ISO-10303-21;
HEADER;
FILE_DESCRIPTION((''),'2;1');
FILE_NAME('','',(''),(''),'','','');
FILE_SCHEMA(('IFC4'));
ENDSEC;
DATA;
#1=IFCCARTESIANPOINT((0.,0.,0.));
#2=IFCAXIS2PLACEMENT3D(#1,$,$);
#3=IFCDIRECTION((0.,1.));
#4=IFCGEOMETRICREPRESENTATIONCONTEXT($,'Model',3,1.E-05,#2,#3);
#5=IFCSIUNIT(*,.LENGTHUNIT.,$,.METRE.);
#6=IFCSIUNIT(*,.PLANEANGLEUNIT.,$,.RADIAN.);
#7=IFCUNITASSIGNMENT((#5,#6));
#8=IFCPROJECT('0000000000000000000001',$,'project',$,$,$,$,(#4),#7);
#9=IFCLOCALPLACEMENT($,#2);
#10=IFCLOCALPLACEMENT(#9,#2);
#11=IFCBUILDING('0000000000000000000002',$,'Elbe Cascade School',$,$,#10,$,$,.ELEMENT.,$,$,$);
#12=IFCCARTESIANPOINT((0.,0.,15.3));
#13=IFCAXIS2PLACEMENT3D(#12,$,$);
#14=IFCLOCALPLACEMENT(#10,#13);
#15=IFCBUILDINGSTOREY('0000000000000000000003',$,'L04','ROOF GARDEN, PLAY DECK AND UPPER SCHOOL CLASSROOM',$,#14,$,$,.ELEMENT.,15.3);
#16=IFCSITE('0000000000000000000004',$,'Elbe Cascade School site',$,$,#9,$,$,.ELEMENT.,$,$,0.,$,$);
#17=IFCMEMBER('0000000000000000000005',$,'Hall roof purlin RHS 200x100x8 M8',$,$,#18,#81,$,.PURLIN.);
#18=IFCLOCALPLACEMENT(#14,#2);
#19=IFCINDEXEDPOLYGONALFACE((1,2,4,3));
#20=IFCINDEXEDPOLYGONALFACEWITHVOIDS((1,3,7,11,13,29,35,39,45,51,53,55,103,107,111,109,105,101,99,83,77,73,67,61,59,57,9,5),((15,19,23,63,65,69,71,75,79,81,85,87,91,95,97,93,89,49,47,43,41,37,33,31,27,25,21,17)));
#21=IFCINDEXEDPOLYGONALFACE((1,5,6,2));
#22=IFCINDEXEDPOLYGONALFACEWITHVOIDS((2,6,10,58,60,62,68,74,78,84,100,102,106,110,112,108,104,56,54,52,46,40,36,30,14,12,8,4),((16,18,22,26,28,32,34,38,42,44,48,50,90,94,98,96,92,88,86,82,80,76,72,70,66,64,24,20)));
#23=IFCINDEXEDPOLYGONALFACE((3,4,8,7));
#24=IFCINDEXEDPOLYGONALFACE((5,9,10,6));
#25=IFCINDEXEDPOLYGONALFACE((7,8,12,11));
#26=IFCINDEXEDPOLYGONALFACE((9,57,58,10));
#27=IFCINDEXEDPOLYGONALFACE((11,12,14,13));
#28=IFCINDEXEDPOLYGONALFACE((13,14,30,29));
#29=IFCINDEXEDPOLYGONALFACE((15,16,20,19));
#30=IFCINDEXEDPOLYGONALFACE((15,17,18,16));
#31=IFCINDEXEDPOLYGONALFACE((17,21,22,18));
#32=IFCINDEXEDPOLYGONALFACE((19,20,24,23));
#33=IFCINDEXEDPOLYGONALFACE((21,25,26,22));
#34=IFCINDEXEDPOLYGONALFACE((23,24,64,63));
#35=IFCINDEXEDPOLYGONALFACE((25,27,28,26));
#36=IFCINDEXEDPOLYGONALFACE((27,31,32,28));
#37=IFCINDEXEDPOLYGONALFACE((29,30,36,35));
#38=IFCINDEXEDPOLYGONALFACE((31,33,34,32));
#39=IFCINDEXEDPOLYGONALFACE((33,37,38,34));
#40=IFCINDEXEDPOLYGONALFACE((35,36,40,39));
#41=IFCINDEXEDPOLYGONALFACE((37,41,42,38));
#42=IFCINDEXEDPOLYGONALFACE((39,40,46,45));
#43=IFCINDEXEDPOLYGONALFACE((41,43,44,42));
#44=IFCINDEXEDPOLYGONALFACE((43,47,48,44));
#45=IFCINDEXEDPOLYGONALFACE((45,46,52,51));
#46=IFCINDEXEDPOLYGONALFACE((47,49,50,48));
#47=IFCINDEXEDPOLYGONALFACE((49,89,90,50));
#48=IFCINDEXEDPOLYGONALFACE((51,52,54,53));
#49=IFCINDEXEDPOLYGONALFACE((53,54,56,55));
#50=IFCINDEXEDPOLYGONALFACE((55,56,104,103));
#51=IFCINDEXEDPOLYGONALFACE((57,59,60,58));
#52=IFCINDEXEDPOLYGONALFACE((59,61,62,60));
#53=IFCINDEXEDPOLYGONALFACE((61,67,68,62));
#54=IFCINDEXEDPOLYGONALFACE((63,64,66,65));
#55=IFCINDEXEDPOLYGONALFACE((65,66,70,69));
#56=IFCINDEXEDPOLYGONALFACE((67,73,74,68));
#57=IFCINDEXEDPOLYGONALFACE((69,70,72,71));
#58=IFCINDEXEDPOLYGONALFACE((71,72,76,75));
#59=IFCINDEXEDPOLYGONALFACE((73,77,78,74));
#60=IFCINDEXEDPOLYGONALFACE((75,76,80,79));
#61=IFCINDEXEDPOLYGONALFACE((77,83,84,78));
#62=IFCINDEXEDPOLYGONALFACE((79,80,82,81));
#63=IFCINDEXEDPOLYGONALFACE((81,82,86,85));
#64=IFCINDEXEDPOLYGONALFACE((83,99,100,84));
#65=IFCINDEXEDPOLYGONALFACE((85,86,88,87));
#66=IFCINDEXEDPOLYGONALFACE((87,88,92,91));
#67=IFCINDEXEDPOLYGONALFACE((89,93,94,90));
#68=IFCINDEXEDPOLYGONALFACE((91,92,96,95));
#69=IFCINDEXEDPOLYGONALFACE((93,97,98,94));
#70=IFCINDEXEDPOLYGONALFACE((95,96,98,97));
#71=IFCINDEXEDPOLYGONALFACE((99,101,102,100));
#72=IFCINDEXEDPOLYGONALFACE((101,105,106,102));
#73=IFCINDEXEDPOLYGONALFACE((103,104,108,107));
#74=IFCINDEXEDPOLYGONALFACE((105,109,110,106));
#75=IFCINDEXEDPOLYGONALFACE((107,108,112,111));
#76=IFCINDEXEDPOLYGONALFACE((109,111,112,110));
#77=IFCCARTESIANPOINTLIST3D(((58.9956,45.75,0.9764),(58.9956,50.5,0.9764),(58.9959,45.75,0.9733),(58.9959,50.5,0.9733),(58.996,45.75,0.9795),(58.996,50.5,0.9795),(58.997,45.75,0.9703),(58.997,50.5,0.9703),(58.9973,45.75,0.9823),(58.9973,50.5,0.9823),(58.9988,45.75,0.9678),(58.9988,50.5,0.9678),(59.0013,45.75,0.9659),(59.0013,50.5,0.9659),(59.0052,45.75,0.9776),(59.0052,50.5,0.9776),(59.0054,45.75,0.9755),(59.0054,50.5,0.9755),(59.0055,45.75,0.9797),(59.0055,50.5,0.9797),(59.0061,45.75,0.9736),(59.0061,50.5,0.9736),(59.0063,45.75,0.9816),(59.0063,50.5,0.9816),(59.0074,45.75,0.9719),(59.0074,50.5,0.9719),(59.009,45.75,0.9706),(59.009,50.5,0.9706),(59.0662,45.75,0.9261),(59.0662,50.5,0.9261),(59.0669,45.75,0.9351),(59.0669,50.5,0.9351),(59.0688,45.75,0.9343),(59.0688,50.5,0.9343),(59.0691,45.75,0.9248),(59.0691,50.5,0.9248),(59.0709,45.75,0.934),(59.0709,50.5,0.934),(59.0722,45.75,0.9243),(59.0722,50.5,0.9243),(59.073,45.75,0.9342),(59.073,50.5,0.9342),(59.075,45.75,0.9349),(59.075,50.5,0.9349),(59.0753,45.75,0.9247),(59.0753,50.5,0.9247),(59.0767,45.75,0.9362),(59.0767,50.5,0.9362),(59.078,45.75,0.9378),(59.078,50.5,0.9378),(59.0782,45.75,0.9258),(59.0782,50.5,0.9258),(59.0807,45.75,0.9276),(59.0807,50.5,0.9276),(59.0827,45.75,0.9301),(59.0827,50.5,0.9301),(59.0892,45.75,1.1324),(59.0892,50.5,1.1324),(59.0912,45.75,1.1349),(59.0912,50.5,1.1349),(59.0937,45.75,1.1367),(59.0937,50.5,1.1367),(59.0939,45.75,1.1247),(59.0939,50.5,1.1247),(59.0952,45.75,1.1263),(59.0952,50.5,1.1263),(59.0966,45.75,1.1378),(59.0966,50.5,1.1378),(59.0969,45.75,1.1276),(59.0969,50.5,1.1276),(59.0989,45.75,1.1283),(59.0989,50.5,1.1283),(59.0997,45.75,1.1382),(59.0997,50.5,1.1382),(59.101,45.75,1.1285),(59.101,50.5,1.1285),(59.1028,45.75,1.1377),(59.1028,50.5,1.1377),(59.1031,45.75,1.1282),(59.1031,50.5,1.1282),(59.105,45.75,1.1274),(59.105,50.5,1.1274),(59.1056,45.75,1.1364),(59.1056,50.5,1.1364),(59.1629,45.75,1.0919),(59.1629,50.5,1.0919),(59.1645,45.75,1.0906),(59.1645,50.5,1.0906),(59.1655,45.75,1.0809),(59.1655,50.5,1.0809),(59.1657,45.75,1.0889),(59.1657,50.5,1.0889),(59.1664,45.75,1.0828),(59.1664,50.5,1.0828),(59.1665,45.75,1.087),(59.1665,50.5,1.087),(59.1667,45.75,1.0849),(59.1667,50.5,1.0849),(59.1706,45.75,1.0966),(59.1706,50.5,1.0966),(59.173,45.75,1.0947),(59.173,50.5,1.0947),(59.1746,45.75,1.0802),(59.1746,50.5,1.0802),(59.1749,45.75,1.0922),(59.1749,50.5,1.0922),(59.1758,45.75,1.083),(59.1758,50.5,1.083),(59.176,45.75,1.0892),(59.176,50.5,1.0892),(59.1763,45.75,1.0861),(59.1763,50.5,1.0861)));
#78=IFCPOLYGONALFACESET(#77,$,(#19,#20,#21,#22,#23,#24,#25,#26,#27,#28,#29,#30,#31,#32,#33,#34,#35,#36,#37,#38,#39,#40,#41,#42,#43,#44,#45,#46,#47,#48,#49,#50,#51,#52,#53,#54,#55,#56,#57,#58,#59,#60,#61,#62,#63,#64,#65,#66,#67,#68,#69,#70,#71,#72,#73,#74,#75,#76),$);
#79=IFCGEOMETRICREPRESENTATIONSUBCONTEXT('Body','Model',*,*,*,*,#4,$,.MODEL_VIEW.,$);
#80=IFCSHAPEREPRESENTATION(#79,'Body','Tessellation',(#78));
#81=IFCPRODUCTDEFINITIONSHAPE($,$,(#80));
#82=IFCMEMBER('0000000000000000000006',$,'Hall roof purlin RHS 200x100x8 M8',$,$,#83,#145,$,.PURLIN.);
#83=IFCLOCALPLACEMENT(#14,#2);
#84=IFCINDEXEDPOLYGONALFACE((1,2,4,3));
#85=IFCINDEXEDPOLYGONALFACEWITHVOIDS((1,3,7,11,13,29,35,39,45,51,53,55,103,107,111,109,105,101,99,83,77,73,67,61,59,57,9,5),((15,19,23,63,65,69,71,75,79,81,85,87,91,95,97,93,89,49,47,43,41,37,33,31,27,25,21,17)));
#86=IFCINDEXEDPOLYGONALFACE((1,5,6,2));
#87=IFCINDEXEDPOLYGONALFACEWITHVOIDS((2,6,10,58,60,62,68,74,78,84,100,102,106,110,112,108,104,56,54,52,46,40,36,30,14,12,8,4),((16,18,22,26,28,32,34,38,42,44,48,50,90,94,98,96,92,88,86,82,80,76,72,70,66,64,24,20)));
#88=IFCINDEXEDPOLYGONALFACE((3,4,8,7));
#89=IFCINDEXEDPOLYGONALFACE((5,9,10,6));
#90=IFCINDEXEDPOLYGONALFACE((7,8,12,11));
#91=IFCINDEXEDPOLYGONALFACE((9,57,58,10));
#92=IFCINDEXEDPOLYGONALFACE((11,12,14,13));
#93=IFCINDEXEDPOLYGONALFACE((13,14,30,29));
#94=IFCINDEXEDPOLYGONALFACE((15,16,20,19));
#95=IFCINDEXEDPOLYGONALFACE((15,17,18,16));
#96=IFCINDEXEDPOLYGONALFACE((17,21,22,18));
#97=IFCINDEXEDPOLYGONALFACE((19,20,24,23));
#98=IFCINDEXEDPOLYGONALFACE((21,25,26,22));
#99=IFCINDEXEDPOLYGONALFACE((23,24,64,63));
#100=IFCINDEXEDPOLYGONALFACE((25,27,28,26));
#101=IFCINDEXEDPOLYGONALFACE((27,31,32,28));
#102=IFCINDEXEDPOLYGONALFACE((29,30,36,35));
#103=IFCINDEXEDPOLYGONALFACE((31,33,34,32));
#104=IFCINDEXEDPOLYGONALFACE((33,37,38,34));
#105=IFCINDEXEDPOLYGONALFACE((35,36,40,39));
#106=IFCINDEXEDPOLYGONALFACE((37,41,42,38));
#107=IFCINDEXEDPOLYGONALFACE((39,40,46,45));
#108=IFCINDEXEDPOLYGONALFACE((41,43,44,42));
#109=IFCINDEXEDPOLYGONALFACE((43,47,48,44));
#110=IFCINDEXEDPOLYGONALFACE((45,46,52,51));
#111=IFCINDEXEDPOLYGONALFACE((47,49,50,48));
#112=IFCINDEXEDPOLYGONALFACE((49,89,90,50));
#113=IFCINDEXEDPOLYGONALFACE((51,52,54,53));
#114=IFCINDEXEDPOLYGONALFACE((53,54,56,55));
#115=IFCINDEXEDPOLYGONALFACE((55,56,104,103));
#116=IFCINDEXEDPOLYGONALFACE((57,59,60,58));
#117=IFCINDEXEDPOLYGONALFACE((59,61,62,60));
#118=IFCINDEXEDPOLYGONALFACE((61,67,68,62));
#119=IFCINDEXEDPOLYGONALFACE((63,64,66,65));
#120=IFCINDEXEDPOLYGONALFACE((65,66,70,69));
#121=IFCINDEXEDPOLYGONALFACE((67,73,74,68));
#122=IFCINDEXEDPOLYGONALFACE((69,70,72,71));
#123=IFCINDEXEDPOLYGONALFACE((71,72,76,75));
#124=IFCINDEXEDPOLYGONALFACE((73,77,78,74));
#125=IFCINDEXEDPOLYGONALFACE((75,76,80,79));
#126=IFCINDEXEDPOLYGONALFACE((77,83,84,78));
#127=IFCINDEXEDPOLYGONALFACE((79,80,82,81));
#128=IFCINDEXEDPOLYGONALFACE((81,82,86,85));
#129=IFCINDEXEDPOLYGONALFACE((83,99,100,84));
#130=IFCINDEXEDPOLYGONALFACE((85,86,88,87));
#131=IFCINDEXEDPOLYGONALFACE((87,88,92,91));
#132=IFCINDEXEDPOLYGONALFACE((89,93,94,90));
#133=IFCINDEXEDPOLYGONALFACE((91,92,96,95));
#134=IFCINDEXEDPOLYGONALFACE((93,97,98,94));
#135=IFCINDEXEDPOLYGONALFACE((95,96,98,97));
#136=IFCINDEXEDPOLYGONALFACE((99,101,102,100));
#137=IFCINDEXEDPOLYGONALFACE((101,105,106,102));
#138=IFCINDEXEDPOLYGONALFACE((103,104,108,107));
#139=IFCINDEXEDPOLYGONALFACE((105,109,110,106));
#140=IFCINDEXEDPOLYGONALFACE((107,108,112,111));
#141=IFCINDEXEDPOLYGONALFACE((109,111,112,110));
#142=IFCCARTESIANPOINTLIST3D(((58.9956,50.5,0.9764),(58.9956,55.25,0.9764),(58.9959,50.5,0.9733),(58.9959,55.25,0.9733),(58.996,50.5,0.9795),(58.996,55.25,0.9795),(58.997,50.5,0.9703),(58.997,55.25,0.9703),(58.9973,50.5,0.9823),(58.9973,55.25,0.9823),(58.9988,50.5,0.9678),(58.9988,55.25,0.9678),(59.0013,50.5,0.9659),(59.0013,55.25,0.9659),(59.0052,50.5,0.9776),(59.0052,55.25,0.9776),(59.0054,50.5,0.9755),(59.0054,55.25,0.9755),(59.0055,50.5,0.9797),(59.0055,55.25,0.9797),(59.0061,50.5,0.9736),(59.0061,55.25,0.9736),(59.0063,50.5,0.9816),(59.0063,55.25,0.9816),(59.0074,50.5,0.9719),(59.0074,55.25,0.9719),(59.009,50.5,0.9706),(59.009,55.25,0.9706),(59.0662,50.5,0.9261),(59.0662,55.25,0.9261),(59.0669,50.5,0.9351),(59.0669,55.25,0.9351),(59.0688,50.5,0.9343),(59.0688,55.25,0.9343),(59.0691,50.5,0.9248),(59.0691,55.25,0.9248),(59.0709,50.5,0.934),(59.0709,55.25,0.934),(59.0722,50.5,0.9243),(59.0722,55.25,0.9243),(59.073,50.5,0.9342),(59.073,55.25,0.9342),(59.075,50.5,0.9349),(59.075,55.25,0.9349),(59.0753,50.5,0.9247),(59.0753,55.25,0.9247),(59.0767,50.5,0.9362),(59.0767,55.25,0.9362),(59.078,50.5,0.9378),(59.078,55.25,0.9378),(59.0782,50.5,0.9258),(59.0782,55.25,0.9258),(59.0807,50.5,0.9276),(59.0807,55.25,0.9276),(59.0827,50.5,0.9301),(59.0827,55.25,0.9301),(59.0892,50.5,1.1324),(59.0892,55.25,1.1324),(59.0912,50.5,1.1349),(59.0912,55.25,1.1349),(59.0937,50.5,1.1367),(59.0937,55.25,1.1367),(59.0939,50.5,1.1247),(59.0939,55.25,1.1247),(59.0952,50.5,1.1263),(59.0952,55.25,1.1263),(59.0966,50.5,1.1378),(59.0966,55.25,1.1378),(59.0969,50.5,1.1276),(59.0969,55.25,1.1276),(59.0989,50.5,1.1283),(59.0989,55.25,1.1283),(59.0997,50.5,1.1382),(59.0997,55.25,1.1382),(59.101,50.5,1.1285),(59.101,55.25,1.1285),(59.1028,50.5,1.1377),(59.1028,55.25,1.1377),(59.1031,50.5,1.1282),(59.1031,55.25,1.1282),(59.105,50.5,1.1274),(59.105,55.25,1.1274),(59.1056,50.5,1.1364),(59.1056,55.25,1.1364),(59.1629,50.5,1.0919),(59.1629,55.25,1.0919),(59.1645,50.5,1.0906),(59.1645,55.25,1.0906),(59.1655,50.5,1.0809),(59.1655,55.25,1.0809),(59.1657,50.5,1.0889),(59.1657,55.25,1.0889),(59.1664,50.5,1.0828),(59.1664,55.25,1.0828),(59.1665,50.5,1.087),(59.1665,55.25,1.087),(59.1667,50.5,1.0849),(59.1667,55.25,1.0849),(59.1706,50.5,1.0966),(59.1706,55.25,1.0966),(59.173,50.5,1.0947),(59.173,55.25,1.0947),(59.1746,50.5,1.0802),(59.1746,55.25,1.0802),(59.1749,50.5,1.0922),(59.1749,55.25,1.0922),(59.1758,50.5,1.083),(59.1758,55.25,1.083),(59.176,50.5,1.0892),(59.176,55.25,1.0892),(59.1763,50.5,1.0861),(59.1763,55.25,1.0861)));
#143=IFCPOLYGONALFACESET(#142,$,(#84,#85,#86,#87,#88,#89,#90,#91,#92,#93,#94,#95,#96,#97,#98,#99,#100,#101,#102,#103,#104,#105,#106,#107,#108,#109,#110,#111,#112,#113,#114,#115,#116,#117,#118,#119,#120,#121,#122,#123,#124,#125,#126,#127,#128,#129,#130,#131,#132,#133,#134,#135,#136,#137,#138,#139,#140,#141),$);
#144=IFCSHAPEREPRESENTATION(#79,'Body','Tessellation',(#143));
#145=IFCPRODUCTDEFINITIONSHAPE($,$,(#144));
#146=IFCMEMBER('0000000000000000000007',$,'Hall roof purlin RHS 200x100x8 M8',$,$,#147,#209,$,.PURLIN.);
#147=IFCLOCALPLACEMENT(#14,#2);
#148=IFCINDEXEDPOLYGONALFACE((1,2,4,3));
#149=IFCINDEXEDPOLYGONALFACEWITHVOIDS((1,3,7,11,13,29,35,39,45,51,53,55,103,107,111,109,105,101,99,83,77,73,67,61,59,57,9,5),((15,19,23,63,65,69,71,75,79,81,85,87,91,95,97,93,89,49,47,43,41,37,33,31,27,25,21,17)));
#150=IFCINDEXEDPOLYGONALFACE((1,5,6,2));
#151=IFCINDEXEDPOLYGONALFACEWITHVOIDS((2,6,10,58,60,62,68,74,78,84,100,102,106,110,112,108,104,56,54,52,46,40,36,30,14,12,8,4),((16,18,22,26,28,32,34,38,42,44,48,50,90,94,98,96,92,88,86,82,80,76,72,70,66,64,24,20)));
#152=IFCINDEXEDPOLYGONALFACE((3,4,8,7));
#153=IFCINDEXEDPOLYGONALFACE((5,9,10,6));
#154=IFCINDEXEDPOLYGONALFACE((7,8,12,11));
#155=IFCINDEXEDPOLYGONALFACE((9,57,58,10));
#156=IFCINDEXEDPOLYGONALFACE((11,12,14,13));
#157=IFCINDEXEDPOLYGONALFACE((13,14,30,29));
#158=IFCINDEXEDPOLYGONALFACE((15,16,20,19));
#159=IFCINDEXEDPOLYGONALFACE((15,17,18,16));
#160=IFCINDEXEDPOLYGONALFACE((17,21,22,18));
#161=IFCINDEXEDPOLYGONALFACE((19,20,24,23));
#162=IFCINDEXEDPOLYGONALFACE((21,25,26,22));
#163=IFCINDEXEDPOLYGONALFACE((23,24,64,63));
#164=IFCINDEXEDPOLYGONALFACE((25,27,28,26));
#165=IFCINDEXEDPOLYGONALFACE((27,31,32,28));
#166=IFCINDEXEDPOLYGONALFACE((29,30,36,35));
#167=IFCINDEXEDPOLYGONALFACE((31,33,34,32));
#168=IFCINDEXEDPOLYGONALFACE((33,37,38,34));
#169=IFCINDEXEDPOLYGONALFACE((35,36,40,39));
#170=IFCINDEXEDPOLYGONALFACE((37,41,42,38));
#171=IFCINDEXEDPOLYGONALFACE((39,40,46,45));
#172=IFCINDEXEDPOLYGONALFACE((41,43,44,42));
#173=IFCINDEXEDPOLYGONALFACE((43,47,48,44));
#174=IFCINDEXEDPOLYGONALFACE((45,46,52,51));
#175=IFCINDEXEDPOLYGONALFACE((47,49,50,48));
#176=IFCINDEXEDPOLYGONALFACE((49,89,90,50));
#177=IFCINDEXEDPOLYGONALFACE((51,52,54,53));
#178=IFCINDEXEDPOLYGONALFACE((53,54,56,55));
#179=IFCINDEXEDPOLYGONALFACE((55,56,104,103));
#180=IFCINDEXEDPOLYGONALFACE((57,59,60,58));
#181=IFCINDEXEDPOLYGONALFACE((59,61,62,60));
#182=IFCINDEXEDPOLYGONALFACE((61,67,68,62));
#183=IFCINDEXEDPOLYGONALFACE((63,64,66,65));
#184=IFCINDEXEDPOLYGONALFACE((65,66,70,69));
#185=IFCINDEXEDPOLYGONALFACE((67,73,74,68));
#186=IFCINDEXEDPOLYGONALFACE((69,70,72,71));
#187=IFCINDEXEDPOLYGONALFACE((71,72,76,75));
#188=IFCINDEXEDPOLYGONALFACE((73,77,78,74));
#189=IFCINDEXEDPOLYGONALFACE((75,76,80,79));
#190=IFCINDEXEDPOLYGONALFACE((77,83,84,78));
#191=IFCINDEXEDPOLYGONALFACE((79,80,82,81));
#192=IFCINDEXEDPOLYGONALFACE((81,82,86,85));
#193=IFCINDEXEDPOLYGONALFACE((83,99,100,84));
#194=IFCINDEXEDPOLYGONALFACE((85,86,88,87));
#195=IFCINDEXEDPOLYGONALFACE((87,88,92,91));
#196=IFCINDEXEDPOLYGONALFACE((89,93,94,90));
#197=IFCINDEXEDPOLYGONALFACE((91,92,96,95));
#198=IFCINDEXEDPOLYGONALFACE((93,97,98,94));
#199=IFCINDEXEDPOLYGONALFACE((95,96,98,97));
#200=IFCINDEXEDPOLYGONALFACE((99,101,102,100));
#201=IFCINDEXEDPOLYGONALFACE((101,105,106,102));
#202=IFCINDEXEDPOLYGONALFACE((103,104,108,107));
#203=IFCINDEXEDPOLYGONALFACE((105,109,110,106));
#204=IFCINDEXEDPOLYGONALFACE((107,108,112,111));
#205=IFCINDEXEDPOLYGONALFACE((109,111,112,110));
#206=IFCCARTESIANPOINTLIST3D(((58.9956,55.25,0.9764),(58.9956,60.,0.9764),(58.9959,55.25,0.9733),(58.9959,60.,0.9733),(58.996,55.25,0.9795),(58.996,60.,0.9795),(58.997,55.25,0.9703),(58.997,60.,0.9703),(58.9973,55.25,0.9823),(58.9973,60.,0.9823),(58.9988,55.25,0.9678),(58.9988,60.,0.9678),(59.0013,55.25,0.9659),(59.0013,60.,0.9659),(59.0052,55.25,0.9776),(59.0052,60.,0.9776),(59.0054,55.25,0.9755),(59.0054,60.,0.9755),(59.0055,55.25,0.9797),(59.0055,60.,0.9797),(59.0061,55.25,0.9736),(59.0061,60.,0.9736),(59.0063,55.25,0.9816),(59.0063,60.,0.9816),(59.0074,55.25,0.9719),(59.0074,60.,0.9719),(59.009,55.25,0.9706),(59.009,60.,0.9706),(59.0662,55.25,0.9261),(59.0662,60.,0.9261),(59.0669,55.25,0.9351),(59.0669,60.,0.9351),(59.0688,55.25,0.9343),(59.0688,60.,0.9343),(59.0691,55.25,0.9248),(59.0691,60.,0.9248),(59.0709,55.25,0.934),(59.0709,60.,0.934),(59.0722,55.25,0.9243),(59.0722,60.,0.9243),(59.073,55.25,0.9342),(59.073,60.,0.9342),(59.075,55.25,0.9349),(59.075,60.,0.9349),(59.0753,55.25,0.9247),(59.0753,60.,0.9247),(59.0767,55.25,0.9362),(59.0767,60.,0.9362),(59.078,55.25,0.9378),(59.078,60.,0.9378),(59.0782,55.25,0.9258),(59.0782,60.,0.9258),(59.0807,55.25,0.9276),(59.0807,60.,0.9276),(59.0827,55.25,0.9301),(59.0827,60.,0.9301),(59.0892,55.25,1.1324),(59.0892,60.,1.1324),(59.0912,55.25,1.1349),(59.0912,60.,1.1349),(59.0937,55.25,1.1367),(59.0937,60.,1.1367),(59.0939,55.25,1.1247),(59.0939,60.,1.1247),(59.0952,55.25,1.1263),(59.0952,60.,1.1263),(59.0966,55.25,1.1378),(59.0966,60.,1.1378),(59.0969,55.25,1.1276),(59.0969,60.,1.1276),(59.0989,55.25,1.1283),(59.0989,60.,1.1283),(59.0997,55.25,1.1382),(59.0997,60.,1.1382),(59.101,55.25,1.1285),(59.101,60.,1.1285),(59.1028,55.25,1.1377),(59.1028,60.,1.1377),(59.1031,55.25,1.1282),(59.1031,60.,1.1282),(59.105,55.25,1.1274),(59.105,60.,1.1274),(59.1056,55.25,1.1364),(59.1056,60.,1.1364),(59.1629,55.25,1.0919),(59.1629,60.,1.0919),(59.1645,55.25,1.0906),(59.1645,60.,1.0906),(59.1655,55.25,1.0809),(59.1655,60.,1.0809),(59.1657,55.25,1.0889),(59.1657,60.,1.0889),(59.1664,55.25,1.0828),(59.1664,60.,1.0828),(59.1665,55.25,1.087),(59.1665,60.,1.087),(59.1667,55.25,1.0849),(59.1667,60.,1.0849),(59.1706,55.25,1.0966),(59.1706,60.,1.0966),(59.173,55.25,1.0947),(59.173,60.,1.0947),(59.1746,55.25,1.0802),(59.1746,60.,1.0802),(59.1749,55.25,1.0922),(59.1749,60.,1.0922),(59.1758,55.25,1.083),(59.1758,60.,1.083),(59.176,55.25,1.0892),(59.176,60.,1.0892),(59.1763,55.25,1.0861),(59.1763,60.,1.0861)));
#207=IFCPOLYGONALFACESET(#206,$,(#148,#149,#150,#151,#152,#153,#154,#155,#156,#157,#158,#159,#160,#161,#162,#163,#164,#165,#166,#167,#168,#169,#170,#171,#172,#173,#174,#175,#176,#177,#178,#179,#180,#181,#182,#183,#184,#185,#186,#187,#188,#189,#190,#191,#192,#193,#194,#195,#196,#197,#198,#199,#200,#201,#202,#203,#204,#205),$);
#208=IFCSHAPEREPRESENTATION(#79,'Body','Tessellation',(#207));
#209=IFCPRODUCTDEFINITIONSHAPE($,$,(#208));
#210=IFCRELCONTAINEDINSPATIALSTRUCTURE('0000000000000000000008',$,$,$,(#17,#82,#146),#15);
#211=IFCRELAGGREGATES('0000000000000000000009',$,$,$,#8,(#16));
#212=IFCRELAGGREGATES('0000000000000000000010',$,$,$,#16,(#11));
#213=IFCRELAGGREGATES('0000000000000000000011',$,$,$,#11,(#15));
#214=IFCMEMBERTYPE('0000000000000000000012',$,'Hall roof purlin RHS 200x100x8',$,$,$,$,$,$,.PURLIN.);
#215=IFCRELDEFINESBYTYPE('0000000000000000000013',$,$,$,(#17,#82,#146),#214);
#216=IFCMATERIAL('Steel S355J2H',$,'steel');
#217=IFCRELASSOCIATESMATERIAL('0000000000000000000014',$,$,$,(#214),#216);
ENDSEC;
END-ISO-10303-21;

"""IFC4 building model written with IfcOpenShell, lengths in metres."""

from ifc_helpers import new_model, si_unit, direction, frame, origin, origin_2d, place, context, subcontext, project, spatial, hollow_rectangle, extrude, material, material_profile, profile_set, type_object, element, save


model = new_model("IFC4")

# Units and contexts
model_context = context("Model", 3, precision=1e-05, world=origin(), true_north=direction((0.0, 1.0)))
body_context = subcontext(model_context, "Body", "Model", "MODEL_VIEW")
ifc_project = project(units=[si_unit("LENGTHUNIT", "METRE"), si_unit("PLANEANGLEUNIT", "RADIAN")], contexts=[model_context])

# Site, building, storey
site_placement = place(None, origin())
site = spatial("IfcSite", under=ifc_project, at=site_placement, Name="Elbe Cascade School site", CompositionType="ELEMENT", RefElevation=0.0)
building_placement = place(site_placement, origin())
building = spatial("IfcBuilding", under=site, at=building_placement, Name="Elbe Cascade School", CompositionType="ELEMENT")
storey_placement = place(building_placement, frame((0.0, 0.0, 15.3)))
storey = spatial("IfcBuildingStorey", under=building, at=storey_placement, Name="L04", Description="ROOF GARDEN, PLAY DECK AND UPPER SCHOOL CLASSROOM", CompositionType="ELEMENT", Elevation=15.3)

# Members
ifc_material_1 = material(Name="Steel S355J2H", Category="steel")
ifc_material_profile_1 = material_profile(ifc_material_1, hollow_rectangle(XDim=0.1001, YDim=0.2, WallThickness=0.0081, InnerFilletRadius=0.0081, OuterFilletRadius=0.012, at=origin_2d()), Name="RHS 200x100x8")
ifc_profile_set_1 = profile_set([ifc_material_profile_1], Name="Steel S355J2H")
member_type_1 = type_object("IfcMemberType", Name="Hall roof purlin RHS 200x100x8", PredefinedType="PURLIN", material=ifc_profile_set_1)
for number, where, z_axis, x_axis, name in (
    (1, (59.0859, 45.75, 1.0312), (0.0, 1.0, 0.0), (-0.852941, 0.0, 0.522008), "Hall roof purlin RHS 200x100x8 M8"),
    (2, (59.0859, 50.5, 1.0312), (0.0, 1.0, 0.0), (-0.852941, 0.0, 0.522008), "Hall roof purlin RHS 200x100x8 M8"),
    (3, (59.0859, 55.25, 1.0312), (0.0, 1.0, 0.0), (-0.852941, 0.0, 0.522008), "Hall roof purlin RHS 200x100x8 M8"),
):
    element("IfcMember", number, at=place(storey_placement, frame(where, z_axis=z_axis, x_axis=x_axis)), inside=storey, type_object=member_type_1, Name=name, PredefinedType="PURLIN", context=body_context, shape_type="SweptSolid", body=[
        extrude(hollow_rectangle(XDim=0.1001, YDim=0.2, WallThickness=0.0081, InnerFilletRadius=0.0081, OuterFilletRadius=0.012, at=origin_2d()), origin(), (0.0, 0.0, 1.0), 4.75),
    ])

save(model, "model.ifc")
